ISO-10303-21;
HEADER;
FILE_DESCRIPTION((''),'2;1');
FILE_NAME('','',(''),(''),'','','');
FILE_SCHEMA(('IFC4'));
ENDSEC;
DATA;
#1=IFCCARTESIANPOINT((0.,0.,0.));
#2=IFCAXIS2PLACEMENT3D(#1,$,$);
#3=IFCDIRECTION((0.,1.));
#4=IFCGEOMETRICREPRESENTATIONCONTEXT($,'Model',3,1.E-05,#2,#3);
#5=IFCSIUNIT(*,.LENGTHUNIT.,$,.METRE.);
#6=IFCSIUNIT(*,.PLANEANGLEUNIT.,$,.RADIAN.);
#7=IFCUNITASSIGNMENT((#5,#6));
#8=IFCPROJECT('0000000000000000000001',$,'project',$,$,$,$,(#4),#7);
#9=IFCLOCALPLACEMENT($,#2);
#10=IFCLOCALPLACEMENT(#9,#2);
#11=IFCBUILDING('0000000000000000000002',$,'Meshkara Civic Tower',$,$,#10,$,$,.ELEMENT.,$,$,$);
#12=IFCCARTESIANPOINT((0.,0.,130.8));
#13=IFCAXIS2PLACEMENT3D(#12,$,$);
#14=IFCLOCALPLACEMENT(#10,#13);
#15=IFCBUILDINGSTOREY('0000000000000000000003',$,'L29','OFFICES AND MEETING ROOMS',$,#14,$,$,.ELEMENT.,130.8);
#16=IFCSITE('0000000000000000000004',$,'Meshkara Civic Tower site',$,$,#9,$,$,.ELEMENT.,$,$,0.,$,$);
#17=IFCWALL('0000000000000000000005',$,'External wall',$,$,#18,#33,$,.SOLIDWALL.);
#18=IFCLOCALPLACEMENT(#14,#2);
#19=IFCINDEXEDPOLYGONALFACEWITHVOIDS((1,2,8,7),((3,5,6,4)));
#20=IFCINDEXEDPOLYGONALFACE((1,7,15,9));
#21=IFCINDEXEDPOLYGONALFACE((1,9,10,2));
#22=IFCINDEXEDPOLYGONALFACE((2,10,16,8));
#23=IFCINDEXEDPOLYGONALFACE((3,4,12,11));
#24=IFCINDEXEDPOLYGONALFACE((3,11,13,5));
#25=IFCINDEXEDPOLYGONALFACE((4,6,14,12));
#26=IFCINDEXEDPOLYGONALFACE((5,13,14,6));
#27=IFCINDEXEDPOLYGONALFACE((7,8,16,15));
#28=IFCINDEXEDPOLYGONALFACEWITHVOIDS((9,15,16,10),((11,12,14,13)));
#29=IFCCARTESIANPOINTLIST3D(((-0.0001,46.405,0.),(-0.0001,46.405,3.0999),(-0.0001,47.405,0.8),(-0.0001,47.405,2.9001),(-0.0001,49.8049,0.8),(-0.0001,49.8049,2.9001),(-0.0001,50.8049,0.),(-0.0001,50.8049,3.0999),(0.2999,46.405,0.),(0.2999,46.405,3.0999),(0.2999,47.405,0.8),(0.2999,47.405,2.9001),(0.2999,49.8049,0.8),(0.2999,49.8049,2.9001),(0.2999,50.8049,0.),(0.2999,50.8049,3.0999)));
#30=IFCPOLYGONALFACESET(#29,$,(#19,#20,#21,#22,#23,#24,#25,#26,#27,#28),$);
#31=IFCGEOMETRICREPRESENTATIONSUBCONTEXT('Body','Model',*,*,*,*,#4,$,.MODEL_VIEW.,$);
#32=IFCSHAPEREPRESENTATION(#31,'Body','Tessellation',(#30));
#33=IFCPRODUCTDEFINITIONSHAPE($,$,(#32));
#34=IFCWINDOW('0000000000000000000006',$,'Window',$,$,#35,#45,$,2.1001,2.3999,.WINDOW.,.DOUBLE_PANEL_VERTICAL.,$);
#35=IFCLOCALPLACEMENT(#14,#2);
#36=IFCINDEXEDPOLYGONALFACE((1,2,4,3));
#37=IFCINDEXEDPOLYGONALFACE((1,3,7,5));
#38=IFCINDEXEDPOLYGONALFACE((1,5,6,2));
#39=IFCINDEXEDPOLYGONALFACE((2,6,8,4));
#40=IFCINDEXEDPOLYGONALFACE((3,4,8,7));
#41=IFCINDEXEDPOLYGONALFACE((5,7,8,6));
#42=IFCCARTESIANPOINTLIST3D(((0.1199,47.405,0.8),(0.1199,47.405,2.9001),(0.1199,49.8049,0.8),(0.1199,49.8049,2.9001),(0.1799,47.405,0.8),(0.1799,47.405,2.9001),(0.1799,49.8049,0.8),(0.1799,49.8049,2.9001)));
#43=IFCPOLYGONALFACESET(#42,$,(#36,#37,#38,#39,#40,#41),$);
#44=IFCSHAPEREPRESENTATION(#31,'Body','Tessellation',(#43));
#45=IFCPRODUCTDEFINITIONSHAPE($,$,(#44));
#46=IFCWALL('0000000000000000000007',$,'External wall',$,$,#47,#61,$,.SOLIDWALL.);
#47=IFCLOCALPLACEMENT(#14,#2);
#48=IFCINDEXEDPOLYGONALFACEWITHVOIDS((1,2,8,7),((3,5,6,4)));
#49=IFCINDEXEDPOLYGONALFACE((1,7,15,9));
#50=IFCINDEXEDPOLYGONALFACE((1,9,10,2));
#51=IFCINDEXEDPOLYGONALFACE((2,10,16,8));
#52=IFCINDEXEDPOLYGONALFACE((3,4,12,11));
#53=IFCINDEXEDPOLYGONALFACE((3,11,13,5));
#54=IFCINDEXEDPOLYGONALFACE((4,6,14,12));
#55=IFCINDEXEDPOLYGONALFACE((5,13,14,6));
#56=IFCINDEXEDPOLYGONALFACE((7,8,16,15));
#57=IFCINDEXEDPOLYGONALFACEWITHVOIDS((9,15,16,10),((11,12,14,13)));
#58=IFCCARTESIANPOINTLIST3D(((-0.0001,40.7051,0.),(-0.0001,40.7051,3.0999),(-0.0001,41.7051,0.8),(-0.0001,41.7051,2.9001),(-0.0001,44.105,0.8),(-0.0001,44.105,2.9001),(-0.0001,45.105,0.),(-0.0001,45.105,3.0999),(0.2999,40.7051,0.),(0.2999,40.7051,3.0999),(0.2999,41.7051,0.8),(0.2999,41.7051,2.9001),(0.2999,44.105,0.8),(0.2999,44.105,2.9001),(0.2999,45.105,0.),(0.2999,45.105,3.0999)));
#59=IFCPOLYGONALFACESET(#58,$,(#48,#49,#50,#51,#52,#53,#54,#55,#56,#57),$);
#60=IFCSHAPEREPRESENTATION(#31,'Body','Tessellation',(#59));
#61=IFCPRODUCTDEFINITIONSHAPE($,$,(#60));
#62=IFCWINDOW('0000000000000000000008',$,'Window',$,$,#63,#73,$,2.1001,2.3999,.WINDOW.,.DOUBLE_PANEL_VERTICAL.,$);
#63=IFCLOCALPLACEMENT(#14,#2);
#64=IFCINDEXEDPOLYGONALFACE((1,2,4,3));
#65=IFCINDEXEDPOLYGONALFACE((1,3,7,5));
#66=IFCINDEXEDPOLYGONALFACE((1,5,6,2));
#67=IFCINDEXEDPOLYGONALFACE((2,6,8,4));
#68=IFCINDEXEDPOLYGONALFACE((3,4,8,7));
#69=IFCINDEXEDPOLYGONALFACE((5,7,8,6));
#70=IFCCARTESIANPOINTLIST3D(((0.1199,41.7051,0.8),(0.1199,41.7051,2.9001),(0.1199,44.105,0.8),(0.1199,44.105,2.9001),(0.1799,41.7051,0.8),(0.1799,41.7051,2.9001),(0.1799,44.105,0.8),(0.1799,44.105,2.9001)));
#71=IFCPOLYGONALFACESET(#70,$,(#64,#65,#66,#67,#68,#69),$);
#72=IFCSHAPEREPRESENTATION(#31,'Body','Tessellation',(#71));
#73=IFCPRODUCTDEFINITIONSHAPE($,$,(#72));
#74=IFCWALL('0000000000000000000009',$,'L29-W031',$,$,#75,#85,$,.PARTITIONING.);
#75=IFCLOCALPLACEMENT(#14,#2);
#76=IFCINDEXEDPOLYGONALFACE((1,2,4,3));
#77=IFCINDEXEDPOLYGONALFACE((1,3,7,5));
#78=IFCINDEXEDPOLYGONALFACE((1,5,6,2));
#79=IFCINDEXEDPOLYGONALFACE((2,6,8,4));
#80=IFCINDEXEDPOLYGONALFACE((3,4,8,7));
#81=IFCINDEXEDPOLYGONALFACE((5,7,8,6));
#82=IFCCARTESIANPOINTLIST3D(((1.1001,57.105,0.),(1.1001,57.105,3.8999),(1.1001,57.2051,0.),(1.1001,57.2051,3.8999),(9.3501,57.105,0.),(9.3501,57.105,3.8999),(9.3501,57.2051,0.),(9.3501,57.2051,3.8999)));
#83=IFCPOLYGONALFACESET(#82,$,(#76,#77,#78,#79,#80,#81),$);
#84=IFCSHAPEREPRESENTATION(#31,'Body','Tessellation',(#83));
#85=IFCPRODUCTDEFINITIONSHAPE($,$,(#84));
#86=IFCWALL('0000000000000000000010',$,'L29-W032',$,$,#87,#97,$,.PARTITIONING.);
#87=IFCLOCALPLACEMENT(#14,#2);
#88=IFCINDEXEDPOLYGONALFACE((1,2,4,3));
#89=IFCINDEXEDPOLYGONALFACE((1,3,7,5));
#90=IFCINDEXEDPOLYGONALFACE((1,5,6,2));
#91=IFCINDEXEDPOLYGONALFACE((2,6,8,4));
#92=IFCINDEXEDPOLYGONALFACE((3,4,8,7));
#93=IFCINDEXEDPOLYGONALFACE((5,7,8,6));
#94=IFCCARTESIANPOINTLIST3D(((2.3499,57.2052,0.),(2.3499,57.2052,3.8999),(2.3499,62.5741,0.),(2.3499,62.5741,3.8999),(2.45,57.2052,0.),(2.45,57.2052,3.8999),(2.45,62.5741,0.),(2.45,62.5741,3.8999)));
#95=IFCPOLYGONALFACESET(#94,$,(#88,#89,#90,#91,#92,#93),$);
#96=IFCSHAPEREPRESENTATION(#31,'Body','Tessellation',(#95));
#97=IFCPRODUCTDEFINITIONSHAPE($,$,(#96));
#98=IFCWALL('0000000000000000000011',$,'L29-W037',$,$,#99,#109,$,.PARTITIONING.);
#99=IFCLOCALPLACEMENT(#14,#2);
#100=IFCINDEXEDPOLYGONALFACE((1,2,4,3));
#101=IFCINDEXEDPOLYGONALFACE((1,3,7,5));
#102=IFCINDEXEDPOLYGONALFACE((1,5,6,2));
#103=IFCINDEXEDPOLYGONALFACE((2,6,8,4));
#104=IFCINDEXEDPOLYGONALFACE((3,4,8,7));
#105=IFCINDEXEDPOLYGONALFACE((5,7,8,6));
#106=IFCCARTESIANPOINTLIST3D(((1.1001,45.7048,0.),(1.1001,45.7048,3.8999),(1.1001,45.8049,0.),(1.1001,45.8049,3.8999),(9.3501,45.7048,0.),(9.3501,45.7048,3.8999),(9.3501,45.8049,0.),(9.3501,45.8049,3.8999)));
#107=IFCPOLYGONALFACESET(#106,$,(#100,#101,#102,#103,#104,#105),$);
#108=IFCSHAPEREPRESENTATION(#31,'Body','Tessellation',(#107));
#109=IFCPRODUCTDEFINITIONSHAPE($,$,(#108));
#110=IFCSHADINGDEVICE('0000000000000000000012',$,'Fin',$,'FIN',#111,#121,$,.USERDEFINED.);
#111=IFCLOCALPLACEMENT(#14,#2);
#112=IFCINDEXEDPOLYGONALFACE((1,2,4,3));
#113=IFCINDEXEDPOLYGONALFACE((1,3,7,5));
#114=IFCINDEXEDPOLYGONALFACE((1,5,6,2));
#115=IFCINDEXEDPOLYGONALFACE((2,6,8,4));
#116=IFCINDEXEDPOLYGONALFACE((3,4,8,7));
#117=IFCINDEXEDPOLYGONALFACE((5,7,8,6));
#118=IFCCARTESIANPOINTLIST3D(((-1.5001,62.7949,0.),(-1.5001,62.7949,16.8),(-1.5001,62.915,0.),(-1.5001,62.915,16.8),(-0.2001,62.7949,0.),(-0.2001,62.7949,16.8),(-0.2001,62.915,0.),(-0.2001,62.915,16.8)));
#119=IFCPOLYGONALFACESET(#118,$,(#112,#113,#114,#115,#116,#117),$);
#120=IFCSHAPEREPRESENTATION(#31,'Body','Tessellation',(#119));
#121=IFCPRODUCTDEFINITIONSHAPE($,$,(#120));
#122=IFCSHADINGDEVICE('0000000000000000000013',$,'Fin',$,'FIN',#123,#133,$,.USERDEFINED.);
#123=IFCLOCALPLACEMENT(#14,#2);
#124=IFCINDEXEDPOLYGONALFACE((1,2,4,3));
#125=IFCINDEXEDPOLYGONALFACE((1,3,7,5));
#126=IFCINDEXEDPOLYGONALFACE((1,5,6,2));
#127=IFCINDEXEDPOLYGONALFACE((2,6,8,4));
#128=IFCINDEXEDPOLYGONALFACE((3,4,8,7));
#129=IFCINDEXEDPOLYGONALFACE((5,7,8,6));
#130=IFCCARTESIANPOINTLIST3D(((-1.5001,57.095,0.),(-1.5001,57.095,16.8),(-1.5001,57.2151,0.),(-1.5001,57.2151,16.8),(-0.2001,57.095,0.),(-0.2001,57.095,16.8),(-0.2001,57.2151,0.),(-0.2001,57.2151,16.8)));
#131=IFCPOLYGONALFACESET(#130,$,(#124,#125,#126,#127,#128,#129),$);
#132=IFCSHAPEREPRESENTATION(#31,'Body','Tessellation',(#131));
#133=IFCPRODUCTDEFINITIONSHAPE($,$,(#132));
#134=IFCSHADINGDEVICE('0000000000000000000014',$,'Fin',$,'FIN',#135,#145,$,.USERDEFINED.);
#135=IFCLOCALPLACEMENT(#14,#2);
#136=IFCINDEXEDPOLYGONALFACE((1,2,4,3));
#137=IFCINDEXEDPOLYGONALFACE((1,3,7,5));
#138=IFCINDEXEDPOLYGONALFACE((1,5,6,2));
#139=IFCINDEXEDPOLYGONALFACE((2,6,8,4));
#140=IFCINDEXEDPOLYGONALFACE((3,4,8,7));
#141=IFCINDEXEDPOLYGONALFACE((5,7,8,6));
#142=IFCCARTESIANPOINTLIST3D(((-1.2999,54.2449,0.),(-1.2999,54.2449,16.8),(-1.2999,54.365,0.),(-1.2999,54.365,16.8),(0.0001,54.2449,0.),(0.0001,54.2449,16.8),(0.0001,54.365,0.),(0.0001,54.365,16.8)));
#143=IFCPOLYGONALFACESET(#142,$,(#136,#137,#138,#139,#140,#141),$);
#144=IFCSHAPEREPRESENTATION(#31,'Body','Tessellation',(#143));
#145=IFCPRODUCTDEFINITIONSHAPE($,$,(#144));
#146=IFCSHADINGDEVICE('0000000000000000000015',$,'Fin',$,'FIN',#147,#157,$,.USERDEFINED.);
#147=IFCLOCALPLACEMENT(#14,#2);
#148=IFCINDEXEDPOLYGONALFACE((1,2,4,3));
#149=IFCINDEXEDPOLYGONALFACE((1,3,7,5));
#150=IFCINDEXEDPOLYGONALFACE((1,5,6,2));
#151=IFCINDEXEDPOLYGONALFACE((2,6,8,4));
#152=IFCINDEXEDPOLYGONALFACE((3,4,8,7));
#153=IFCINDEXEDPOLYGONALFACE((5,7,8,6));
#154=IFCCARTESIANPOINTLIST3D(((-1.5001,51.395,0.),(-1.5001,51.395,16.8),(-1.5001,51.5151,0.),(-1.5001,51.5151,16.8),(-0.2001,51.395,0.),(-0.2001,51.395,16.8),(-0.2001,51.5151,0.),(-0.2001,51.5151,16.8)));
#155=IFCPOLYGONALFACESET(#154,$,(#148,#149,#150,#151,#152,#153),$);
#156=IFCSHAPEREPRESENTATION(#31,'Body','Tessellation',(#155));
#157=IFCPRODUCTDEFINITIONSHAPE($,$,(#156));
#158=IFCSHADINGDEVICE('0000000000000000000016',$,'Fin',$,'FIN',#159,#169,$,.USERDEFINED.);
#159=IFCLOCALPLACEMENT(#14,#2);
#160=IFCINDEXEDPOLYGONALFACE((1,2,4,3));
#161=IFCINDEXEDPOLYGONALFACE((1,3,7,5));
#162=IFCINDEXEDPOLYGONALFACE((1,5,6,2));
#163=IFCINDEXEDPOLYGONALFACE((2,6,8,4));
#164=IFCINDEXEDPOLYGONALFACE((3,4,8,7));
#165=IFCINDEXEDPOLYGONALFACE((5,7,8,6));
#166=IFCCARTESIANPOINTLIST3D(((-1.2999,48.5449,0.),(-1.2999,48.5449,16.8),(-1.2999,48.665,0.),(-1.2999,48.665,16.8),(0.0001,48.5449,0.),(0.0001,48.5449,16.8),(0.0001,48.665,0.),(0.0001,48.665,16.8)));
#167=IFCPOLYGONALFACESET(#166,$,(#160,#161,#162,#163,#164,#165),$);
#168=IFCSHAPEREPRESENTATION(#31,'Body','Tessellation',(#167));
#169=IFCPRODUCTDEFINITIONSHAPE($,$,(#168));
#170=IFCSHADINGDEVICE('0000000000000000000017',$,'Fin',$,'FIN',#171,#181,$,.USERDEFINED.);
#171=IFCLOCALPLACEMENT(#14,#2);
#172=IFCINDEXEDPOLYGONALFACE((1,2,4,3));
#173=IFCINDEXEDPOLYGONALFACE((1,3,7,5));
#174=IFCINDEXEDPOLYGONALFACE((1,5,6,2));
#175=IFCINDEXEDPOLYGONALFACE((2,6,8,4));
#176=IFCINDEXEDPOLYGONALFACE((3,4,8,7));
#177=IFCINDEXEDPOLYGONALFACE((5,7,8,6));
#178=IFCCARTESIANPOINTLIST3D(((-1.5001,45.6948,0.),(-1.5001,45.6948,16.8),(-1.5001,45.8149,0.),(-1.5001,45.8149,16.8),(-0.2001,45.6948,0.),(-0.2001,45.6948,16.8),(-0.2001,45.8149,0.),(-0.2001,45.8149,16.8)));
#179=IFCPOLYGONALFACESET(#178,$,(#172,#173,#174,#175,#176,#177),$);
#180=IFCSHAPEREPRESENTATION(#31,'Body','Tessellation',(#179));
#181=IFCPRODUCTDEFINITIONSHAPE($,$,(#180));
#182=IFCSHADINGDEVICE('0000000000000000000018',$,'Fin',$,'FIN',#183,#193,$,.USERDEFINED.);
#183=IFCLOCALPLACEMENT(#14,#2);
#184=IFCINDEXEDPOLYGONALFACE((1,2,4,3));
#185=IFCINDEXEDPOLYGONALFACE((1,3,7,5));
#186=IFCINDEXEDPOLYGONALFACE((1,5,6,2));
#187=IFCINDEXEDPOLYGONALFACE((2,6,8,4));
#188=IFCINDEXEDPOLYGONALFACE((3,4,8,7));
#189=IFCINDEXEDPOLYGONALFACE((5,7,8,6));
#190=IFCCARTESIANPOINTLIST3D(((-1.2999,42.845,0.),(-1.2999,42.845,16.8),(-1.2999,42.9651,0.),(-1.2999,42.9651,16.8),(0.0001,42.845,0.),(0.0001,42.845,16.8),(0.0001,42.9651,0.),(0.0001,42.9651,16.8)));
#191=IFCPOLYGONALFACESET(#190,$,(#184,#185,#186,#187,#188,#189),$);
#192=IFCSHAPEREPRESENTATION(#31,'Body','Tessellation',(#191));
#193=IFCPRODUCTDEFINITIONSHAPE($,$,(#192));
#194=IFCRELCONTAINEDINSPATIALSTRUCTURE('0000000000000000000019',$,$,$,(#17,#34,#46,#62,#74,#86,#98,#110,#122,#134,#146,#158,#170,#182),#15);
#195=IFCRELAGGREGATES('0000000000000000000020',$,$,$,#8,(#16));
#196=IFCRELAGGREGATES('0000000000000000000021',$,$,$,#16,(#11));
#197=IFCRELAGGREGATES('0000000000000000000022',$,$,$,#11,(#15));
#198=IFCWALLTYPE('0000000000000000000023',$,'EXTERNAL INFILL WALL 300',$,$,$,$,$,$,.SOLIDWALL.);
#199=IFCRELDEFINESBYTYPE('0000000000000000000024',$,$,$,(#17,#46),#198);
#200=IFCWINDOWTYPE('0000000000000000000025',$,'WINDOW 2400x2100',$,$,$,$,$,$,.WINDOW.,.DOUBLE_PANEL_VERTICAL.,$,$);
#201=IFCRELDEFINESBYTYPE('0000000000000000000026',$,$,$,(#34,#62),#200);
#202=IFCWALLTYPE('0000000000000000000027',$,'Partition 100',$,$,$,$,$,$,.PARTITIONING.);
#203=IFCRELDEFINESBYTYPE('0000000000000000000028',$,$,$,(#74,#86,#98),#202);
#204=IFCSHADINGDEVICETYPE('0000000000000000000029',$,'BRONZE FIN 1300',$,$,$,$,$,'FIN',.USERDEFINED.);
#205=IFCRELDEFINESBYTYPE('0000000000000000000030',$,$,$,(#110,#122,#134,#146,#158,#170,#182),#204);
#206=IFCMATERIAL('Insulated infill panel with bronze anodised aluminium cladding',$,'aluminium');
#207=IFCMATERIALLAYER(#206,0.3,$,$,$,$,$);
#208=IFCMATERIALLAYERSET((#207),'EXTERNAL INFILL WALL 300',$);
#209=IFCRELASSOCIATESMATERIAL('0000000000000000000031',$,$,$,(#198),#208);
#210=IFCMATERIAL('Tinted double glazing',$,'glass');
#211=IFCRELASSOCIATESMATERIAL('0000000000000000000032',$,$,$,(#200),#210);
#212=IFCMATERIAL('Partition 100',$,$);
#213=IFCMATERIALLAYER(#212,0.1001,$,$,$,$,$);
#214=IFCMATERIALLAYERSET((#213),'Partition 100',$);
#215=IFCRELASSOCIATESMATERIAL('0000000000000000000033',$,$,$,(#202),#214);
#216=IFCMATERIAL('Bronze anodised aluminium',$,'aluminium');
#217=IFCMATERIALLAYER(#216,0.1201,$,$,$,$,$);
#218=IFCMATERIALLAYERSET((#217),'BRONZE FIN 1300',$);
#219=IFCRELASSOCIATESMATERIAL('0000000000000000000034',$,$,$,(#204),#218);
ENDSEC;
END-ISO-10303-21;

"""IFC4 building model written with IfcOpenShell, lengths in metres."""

from ifc_helpers import new_model, si_unit, direction, frame, frame_2d, origin, origin_2d, place, context, subcontext, project, spatial, rectangle, extrude, material, layer, layer_set, type_object, element, fill, save


model = new_model("IFC4")

# Units and contexts
model_context = context("Model", 3, precision=1e-05, world=origin(), true_north=direction((0.0, 1.0)))
body_context = subcontext(model_context, "Body", "Model", "MODEL_VIEW")
ifc_project = project(units=[si_unit("LENGTHUNIT", "METRE"), si_unit("PLANEANGLEUNIT", "RADIAN")], contexts=[model_context])

# Site, building, storey
site_placement = place(None, origin())
site = spatial("IfcSite", under=ifc_project, at=site_placement, Name="Meshkara Civic Tower site", CompositionType="ELEMENT", RefElevation=0.0)
building_placement = place(site_placement, origin())
building = spatial("IfcBuilding", under=site, at=building_placement, Name="Meshkara Civic Tower", CompositionType="ELEMENT")
storey_placement = place(building_placement, frame((0.0, 0.0, 130.8)))
storey = spatial("IfcBuildingStorey", under=building, at=storey_placement, Name="L29", Description="OFFICES AND MEETING ROOMS", CompositionType="ELEMENT", Elevation=130.8)

# Walls, openings, windows
ifc_material_1 = material(Name="Insulated infill panel with bronze anodised aluminium cladding", Category="aluminium")
ifc_layer_1 = layer(ifc_material_1, 0.3)
ifc_layer_set_1 = layer_set([ifc_layer_1], Name="EXTERNAL INFILL WALL 300")
wall_type_1 = type_object("IfcWallType", Name="EXTERNAL INFILL WALL 300", PredefinedType="SOLIDWALL", material=ifc_layer_set_1)
ifc_material_2 = material(Name="Tinted double glazing", Category="glass")
window_type = type_object("IfcWindowType", Name="WINDOW 2400x2100", PartitioningType="DOUBLE_PANEL_VERTICAL", PredefinedType="WINDOW", material=ifc_material_2)
wall_1_placement = place(storey_placement, frame((0.1499, 50.8049, 0.0), z_axis=(0.0, 0.0, 1.0), x_axis=(0.0, -1.0, 0.0)))
wall_1 = element("IfcWall", 1, at=wall_1_placement, inside=storey, type_object=wall_type_1, Name="External wall", PredefinedType="SOLIDWALL", context=body_context, shape_type="SweptSolid", body=[
    extrude(rectangle(XDim=4.3999, YDim=0.3, at=frame_2d((2.2, 0.0))), origin(), (0.0, 0.0, 1.0), 3.0999),
])
opening_1_placement = place(wall_1_placement, frame((1.0, 0.0, 0.8)))
opening_1 = element("IfcOpeningElement", 2, at=opening_1_placement, cuts=wall_1, PredefinedType="OPENING", context=body_context, shape_type="SweptSolid", body=[
    extrude(rectangle(XDim=2.3999, YDim=2.1001, at=frame_2d((1.2, 1.05))), frame((0.0, 0.1599, 0.0), z_axis=(0.0, -1.0, 0.0), x_axis=(1.0, 0.0, 0.0)), (0.0, 0.0, 1.0), 0.3201),
])
window_1_placement = place(opening_1_placement, origin())
window_1 = element("IfcWindow", 3, at=window_1_placement, inside=storey, type_object=window_type, Name="Window", OverallHeight=2.1001, OverallWidth=2.3999, PartitioningType="DOUBLE_PANEL_VERTICAL", PredefinedType="WINDOW", context=body_context, shape_type="SweptSolid", body=[
    extrude(rectangle(XDim=2.3999, YDim=2.1001, at=frame_2d((1.2, 1.05))), frame((0.0, 0.03, 0.0), z_axis=(0.0, -1.0, 0.0), x_axis=(1.0, 0.0, 0.0)), (0.0, 0.0, 1.0), 0.0601),
])
fill(opening_1, window_1)
wall_2_placement = place(storey_placement, frame((0.1499, 45.105, 0.0), z_axis=(0.0, 0.0, 1.0), x_axis=(0.0, -1.0, 0.0)))
wall_2 = element("IfcWall", 4, at=wall_2_placement, inside=storey, type_object=wall_type_1, Name="External wall", PredefinedType="SOLIDWALL", context=body_context, shape_type="SweptSolid", body=[
    extrude(rectangle(XDim=4.3999, YDim=0.3, at=frame_2d((2.2, 0.0))), origin(), (0.0, 0.0, 1.0), 3.0999),
])
opening_2_placement = place(wall_2_placement, frame((1.0, 0.0, 0.8)))
opening_2 = element("IfcOpeningElement", 5, at=opening_2_placement, cuts=wall_2, PredefinedType="OPENING", context=body_context, shape_type="SweptSolid", body=[
    extrude(rectangle(XDim=2.3999, YDim=2.1001, at=frame_2d((1.2, 1.05))), frame((0.0, 0.1599, 0.0), z_axis=(0.0, -1.0, 0.0), x_axis=(1.0, 0.0, 0.0)), (0.0, 0.0, 1.0), 0.3201),
])
window_2_placement = place(opening_2_placement, origin())
window_2 = element("IfcWindow", 6, at=window_2_placement, inside=storey, type_object=window_type, Name="Window", OverallHeight=2.1001, OverallWidth=2.3999, PartitioningType="DOUBLE_PANEL_VERTICAL", PredefinedType="WINDOW", context=body_context, shape_type="SweptSolid", body=[
    extrude(rectangle(XDim=2.3999, YDim=2.1001, at=frame_2d((1.2, 1.05))), frame((0.0, 0.03, 0.0), z_axis=(0.0, -1.0, 0.0), x_axis=(1.0, 0.0, 0.0)), (0.0, 0.0, 1.0), 0.0601),
])
fill(opening_2, window_2)

# Walls
ifc_material_3 = material(Name="Partition 100")
ifc_layer_2 = layer(ifc_material_3, 0.1001)
ifc_layer_set_2 = layer_set([ifc_layer_2], Name="Partition 100")
wall_type_2 = type_object("IfcWallType", Name="Partition 100", PredefinedType="PARTITIONING", material=ifc_layer_set_2)
wall_3_placement = place(storey_placement, frame((1.1001, 57.155, 0.0), z_axis=(0.0, 0.0, 1.0), x_axis=(1.0, 0.0, 0.0)))
element("IfcWall", 7, at=wall_3_placement, inside=storey, type_object=wall_type_2, Name="L29-W031", PredefinedType="PARTITIONING", context=body_context, shape_type="SweptSolid", body=[
    extrude(rectangle(XDim=8.25, YDim=0.1001, at=frame_2d((4.125, 0.0))), origin(), (0.0, 0.0, 1.0), 3.8999),
])
wall_4_placement = place(storey_placement, frame((2.3999, 57.2051, 0.0), z_axis=(0.0, 0.0, 1.0), x_axis=(0.0, 1.0, 0.0)))
element("IfcWall", 8, at=wall_4_placement, inside=storey, type_object=wall_type_2, Name="L29-W032", PredefinedType="PARTITIONING", context=body_context, shape_type="SweptSolid", body=[
    extrude(rectangle(XDim=5.3689, YDim=0.1001, at=frame_2d((2.6846, 0.0))), origin(), (0.0, 0.0, 1.0), 3.8999),
])
wall_5_placement = place(storey_placement, frame((9.3501, 45.7549, 0.0), z_axis=(0.0, 0.0, 1.0), x_axis=(-1.0, 0.0, 0.0)))
element("IfcWall", 9, at=wall_5_placement, inside=storey, type_object=wall_type_2, Name="L29-W037", PredefinedType="PARTITIONING", context=body_context, shape_type="SweptSolid", body=[
    extrude(rectangle(XDim=8.25, YDim=0.1001, at=frame_2d((4.125, 0.0))), origin(), (0.0, 0.0, 1.0), 3.8999),
])

# Shading devices
ifc_material_4 = material(Name="Bronze anodised aluminium", Category="aluminium")
ifc_layer_3 = layer(ifc_material_4, 0.1201)
ifc_layer_set_3 = layer_set([ifc_layer_3], Name="BRONZE FIN 1300")
shading_device_type = type_object("IfcShadingDeviceType", Name="BRONZE FIN 1300", ElementType="FIN", PredefinedType="USERDEFINED", material=ifc_layer_set_3)
for number, where, z_axis, x_axis, name in (
    (10, (-0.8501, 62.855, 0.0), (0.0, 0.0, 1.0), (0.0, -1.0, 0.0), "Fin"),
    (11, (-0.8501, 57.155, 0.0), (0.0, 0.0, 1.0), (0.0, -1.0, 0.0), "Fin"),
    (12, (-0.6499, 54.3049, 0.0), (0.0, 0.0, 1.0), (0.0, -1.0, 0.0), "Fin"),
    (13, (-0.8501, 51.4551, 0.0), (0.0, 0.0, 1.0), (0.0, -1.0, 0.0), "Fin"),
    (14, (-0.6499, 48.605, 0.0), (0.0, 0.0, 1.0), (0.0, -1.0, 0.0), "Fin"),
    (15, (-0.8501, 45.7549, 0.0), (0.0, 0.0, 1.0), (0.0, -1.0, 0.0), "Fin"),
    (16, (-0.6499, 42.905, 0.0), (0.0, 0.0, 1.0), (0.0, -1.0, 0.0), "Fin"),
):
    element("IfcShadingDevice", number, at=place(storey_placement, frame(where, z_axis=z_axis, x_axis=x_axis)), inside=storey, type_object=shading_device_type, Name=name, ObjectType="FIN", PredefinedType="USERDEFINED", context=body_context, shape_type="SweptSolid", body=[
        extrude(rectangle(XDim=0.1201, YDim=1.3, at=origin_2d()), origin(), (0.0, 0.0, 1.0), 16.8),
    ])

save(model, "model.ifc")
